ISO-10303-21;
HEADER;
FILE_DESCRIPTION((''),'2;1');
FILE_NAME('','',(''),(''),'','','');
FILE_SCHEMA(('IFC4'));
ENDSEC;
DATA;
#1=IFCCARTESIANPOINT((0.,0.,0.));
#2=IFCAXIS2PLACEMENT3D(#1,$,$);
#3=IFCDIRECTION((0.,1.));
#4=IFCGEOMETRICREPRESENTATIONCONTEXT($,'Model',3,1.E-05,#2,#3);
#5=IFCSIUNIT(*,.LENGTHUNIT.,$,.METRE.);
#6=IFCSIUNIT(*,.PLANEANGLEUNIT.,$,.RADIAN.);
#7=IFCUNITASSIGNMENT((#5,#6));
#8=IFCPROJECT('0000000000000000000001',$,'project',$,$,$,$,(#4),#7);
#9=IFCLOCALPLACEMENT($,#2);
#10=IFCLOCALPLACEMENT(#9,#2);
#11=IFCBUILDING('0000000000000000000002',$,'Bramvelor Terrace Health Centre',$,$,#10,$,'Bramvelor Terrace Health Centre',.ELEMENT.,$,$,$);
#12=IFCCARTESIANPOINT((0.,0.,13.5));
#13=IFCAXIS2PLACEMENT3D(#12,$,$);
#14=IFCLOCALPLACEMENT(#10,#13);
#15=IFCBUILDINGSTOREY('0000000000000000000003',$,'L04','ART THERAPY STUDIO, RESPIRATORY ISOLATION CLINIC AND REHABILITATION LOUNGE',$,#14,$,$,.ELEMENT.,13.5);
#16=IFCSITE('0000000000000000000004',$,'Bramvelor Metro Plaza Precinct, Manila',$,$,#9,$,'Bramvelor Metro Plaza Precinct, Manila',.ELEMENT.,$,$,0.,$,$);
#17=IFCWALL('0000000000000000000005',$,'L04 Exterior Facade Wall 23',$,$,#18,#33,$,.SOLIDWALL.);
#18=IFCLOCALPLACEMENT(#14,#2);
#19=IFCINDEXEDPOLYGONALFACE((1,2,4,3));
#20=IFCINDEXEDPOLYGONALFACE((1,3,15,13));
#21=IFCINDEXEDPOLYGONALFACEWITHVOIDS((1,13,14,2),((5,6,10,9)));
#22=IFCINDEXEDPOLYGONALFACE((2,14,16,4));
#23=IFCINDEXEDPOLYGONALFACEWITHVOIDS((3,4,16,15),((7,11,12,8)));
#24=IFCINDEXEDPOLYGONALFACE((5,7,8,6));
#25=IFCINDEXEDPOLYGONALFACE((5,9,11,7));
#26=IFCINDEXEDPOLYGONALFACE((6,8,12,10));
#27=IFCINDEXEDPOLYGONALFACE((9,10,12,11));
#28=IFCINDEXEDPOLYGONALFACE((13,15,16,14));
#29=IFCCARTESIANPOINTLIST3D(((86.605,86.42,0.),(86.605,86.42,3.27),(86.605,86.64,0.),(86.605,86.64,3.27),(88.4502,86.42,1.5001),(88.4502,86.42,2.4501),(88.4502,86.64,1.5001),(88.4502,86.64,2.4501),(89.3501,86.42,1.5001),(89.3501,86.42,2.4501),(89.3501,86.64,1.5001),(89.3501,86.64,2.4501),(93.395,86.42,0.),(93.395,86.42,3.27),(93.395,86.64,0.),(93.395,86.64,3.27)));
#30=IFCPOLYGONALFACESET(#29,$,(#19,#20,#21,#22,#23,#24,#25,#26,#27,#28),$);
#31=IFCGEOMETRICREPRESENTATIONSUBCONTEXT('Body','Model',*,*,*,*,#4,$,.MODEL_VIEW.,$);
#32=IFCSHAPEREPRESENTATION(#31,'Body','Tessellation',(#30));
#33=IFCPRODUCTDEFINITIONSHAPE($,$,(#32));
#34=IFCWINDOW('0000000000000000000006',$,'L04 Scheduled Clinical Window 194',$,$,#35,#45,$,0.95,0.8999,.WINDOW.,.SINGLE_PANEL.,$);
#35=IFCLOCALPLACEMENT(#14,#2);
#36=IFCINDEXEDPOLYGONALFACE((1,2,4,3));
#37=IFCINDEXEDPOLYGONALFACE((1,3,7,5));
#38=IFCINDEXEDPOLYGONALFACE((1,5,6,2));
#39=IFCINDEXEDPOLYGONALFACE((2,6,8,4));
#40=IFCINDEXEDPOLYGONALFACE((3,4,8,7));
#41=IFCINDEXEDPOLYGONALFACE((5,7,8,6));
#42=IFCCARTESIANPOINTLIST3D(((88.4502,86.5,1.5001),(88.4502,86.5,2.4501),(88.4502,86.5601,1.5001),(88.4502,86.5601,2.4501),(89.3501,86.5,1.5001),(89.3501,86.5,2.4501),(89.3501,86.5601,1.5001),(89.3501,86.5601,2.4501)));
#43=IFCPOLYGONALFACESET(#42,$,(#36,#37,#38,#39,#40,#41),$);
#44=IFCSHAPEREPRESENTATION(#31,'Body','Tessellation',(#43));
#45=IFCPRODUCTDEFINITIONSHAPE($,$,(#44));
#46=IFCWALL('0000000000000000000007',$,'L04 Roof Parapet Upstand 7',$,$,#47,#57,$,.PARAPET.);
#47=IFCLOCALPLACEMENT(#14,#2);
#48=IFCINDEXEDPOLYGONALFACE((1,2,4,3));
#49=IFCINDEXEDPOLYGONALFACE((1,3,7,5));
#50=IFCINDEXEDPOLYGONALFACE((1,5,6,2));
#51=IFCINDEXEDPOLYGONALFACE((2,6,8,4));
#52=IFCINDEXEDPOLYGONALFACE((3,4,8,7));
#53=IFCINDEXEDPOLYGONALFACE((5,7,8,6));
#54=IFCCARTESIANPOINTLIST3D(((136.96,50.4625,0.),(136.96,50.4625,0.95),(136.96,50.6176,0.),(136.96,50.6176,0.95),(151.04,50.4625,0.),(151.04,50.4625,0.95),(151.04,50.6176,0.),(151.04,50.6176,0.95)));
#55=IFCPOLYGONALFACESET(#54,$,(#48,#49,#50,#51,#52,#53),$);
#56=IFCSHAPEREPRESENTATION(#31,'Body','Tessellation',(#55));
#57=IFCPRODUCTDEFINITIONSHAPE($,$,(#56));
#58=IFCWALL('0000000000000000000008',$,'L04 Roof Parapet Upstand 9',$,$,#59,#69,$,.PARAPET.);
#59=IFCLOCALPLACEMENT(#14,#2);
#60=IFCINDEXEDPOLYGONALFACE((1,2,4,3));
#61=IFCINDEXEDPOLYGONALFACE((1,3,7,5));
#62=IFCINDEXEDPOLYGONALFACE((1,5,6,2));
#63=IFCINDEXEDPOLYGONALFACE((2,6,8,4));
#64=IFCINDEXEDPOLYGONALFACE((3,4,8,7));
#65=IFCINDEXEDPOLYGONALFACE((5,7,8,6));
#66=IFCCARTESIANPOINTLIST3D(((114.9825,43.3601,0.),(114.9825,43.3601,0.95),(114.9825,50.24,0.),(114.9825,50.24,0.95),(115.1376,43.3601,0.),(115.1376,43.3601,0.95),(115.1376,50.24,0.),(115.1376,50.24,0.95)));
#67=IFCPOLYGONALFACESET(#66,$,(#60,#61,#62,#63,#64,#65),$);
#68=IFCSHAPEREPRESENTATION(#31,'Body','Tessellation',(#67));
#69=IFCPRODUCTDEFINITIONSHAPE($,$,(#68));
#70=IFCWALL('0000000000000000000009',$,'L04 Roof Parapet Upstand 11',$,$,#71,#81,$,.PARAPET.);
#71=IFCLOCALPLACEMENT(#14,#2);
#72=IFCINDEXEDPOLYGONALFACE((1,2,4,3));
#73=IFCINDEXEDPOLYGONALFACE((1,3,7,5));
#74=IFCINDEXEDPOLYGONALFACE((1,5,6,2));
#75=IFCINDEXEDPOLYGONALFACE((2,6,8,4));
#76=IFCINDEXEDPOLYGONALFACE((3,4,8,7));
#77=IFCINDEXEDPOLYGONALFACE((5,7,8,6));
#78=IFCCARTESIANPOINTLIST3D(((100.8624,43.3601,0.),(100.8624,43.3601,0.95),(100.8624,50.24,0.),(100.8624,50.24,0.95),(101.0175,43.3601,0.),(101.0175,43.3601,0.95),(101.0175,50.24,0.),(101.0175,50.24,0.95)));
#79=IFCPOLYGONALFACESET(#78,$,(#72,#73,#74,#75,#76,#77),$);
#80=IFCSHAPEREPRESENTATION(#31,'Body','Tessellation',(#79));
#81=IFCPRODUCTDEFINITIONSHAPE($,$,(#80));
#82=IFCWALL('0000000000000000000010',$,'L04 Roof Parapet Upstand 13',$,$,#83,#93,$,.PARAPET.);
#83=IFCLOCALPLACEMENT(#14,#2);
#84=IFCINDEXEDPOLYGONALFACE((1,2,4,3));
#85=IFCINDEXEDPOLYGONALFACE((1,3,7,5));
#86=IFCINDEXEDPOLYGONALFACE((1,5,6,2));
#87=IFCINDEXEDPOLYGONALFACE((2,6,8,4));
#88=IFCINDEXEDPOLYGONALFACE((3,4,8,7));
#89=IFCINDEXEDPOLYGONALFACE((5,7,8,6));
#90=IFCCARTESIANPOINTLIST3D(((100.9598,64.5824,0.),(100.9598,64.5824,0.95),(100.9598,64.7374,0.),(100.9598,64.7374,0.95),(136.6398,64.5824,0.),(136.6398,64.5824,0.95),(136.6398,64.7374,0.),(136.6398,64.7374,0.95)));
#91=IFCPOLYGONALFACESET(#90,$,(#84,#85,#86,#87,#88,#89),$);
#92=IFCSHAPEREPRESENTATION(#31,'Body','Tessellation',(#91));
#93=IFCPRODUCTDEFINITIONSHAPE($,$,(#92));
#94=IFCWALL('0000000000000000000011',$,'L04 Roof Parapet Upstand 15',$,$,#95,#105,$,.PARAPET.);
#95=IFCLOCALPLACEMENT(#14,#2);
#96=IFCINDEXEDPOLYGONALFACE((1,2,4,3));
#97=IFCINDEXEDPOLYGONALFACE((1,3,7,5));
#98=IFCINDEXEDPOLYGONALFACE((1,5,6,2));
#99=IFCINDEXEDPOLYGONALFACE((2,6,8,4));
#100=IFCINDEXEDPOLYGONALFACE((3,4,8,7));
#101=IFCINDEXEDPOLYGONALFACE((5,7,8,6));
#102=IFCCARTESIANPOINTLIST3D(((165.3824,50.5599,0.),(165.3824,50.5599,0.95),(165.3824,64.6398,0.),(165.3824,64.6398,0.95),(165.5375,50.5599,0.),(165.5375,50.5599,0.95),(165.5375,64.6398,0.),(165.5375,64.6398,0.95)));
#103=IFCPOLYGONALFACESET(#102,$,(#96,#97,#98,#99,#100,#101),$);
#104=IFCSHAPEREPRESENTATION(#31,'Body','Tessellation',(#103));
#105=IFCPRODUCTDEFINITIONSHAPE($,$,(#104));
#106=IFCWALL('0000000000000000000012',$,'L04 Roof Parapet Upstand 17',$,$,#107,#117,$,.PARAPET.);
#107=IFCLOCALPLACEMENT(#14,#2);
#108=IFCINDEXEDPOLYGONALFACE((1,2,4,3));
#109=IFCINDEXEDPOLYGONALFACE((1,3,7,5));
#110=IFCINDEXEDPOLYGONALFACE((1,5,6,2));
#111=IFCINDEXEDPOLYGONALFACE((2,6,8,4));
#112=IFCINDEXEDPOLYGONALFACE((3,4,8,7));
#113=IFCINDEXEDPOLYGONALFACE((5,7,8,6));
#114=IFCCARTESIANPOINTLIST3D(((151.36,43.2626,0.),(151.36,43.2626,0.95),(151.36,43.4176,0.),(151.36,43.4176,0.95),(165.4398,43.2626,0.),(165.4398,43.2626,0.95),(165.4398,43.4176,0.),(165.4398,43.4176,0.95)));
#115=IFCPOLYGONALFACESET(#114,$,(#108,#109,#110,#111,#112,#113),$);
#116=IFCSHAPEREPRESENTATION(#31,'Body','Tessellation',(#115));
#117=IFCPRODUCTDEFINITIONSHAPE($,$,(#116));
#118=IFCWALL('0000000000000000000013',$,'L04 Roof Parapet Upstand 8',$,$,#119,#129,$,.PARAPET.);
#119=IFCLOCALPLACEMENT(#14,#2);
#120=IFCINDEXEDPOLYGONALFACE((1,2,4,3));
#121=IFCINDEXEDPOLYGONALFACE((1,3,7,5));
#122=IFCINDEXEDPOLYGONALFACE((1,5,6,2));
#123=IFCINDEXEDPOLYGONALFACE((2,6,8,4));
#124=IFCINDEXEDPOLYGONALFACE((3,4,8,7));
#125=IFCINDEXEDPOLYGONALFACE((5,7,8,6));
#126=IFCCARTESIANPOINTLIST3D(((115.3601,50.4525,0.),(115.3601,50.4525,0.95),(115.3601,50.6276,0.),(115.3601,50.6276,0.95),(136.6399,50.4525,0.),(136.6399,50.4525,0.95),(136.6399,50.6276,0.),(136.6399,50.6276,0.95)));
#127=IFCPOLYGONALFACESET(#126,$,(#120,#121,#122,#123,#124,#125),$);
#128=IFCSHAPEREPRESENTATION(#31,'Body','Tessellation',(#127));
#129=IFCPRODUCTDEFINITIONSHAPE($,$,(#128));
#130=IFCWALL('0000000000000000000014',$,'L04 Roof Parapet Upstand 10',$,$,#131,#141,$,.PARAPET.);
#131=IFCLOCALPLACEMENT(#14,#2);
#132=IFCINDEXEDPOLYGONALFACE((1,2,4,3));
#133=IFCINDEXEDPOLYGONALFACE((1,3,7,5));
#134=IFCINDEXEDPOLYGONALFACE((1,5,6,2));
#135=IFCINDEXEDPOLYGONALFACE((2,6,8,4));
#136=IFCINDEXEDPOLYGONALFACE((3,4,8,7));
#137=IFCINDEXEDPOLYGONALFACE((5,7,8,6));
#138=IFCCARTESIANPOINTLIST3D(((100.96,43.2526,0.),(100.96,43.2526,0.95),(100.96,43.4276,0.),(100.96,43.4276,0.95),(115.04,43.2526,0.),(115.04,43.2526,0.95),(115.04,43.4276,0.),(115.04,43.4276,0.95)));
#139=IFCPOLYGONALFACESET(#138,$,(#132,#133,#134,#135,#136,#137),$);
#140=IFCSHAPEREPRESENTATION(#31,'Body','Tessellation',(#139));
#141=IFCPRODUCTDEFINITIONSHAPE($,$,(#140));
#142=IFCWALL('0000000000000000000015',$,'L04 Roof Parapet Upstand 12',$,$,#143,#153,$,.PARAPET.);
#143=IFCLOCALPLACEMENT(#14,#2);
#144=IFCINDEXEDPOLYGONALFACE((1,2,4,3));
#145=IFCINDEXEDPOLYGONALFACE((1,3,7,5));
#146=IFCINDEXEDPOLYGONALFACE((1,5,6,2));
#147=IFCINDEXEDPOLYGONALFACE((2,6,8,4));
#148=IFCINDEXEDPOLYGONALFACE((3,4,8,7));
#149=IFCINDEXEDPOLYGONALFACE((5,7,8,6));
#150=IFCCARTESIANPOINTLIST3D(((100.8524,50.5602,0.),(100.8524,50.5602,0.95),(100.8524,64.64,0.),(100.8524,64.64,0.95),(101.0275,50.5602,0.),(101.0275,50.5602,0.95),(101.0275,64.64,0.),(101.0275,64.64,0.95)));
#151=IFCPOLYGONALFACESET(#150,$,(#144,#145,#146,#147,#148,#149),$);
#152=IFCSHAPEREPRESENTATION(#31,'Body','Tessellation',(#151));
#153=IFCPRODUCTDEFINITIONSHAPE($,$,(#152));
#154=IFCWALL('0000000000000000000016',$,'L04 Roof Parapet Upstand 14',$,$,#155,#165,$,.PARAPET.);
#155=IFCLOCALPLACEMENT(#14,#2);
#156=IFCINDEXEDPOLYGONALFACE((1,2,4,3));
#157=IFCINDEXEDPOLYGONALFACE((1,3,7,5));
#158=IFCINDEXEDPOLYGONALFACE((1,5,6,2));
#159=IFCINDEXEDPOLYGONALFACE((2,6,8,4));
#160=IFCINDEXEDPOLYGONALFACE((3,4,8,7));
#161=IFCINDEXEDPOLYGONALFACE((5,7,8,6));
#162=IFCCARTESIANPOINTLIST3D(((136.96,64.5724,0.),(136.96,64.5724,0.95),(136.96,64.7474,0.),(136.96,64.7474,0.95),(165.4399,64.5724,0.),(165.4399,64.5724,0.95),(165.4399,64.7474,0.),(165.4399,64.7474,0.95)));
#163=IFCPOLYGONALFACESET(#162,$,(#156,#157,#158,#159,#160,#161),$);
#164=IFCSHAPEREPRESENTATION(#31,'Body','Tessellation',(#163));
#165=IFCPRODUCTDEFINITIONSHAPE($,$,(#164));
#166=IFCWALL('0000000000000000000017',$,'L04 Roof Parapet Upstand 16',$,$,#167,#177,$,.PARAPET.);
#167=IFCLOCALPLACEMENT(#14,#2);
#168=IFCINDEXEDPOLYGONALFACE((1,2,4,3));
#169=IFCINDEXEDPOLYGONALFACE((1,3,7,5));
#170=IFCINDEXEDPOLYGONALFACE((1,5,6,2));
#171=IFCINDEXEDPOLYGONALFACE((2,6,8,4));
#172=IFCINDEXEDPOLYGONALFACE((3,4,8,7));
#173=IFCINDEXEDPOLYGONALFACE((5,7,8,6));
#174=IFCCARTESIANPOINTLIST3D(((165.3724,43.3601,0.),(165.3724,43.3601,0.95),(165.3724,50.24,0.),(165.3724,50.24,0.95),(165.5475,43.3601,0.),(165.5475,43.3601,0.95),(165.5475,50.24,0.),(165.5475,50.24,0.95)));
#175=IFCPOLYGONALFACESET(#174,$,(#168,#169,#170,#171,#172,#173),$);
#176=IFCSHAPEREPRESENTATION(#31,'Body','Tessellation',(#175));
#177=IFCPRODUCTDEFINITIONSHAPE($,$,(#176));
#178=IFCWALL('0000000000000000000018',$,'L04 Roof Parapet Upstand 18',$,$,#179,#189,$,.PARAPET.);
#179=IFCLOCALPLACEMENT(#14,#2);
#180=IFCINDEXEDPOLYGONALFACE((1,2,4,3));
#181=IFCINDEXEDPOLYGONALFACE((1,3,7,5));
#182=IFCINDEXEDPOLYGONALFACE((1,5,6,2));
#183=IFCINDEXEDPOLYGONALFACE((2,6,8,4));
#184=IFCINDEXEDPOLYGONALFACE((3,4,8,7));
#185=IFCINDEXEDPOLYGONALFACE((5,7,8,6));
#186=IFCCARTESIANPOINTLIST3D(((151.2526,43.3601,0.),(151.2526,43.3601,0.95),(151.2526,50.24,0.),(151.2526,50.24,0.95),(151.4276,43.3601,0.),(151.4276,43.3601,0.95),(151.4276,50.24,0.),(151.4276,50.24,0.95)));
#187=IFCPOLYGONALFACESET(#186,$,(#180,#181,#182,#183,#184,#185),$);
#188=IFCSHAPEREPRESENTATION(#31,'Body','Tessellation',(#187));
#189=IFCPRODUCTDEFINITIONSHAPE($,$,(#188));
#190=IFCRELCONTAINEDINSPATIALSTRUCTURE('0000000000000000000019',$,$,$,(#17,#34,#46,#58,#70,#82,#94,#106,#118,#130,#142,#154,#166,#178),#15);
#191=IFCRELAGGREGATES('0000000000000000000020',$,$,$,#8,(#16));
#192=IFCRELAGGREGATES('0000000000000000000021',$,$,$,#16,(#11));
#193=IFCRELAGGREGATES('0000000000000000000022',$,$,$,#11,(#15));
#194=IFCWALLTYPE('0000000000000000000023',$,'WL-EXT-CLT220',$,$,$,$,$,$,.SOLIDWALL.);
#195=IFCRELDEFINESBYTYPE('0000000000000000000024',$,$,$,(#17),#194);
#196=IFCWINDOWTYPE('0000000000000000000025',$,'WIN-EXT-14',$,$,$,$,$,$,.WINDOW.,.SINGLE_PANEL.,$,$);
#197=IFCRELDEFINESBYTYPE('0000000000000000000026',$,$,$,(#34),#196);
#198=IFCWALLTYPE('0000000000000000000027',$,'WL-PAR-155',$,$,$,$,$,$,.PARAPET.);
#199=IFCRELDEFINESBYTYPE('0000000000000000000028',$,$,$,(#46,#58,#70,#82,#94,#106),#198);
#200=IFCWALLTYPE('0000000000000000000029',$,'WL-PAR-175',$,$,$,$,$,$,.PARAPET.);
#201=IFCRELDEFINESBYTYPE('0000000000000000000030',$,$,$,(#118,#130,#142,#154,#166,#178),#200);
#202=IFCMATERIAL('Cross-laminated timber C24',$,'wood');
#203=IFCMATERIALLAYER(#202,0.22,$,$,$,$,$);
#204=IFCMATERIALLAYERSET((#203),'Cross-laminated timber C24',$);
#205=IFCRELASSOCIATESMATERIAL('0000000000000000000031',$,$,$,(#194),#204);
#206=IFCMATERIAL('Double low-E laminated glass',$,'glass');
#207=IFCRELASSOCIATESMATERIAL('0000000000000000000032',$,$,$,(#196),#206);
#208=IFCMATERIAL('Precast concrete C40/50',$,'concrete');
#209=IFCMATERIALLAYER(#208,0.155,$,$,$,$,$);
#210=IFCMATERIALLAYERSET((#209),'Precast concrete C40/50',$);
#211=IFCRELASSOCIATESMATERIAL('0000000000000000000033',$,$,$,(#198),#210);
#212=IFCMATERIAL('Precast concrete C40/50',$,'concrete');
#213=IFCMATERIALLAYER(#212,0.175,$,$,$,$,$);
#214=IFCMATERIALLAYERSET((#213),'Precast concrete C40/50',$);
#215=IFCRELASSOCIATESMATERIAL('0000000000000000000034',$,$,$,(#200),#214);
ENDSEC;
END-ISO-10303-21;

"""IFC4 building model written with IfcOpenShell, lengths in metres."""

from ifc_helpers import new_model, si_unit, direction, frame, frame_2d, origin, place, context, subcontext, project, spatial, rectangle, extrude, material, layer, layer_set, type_object, element, fill, save


model = new_model("IFC4")

# Units and contexts
model_context = context("Model", 3, precision=1e-05, world=origin(), true_north=direction((0.0, 1.0)))
body_context = subcontext(model_context, "Body", "Model", "MODEL_VIEW")
ifc_project = project(units=[si_unit("LENGTHUNIT", "METRE"), si_unit("PLANEANGLEUNIT", "RADIAN")], contexts=[model_context])

# Site, building, storey
site_placement = place(None, origin())
site = spatial("IfcSite", under=ifc_project, at=site_placement, Name="Bramvelor Metro Plaza Precinct, Manila", LongName="Bramvelor Metro Plaza Precinct, Manila", CompositionType="ELEMENT", RefElevation=0.0)
building_placement = place(site_placement, origin())
building = spatial("IfcBuilding", under=site, at=building_placement, Name="Bramvelor Terrace Health Centre", LongName="Bramvelor Terrace Health Centre", CompositionType="ELEMENT")
storey_placement = place(building_placement, frame((0.0, 0.0, 13.5)))
storey = spatial("IfcBuildingStorey", under=building, at=storey_placement, Name="L04", Description="ART THERAPY STUDIO, RESPIRATORY ISOLATION CLINIC AND REHABILITATION LOUNGE", CompositionType="ELEMENT", Elevation=13.5)

# Wall, opening, window
ifc_material_1 = material(Name="Cross-laminated timber C24", Category="wood")
ifc_layer_1 = layer(ifc_material_1, 0.22)
ifc_layer_set_1 = layer_set([ifc_layer_1], Name="Cross-laminated timber C24")
wall_type_1 = type_object("IfcWallType", Name="WL-EXT-CLT220", PredefinedType="SOLIDWALL", material=ifc_layer_set_1)
wall_1_placement = place(storey_placement, frame((93.395, 86.53, 0.0), z_axis=(0.0, 0.0, 1.0), x_axis=(-1.0, 0.0, 0.0)))
wall_1 = element("IfcWall", 1, at=wall_1_placement, inside=storey, type_object=wall_type_1, Name="L04 Exterior Facade Wall 23", PredefinedType="SOLIDWALL", context=body_context, shape_type="SweptSolid", body=[
    extrude(rectangle(XDim=6.79, YDim=0.22, at=frame_2d((3.395, 0.0))), origin(), (0.0, 0.0, 1.0), 3.27),
])
opening_1_placement = place(wall_1_placement, frame((4.0449, 0.0, 1.5)))
opening_1 = element("IfcOpeningElement", 2, at=opening_1_placement, cuts=wall_1, PredefinedType="OPENING", context=body_context, shape_type="SweptSolid", body=[
    extrude(rectangle(XDim=0.8999, YDim=0.95, at=frame_2d((0.45, 0.4751))), frame((0.0, 0.1199, 0.0), z_axis=(0.0, -1.0, 0.0), x_axis=(1.0, 0.0, 0.0)), (0.0, 0.0, 1.0), 0.24),
])
ifc_material_2 = material(Name="Double low-E laminated glass", Category="glass")
window_type_1 = type_object("IfcWindowType", Name="WIN-EXT-14", PartitioningType="SINGLE_PANEL", PredefinedType="WINDOW", material=ifc_material_2)
window_1_placement = place(opening_1_placement, origin())
window_1 = element("IfcWindow", 3, at=window_1_placement, inside=storey, type_object=window_type_1, Name="L04 Scheduled Clinical Window 194", OverallHeight=0.95, OverallWidth=0.8999, PartitioningType="SINGLE_PANEL", PredefinedType="WINDOW", context=body_context, shape_type="SweptSolid", body=[
    extrude(rectangle(XDim=0.8999, YDim=0.95, at=frame_2d((0.45, 0.4751))), frame((0.0, 0.03, 0.0), z_axis=(0.0, -1.0, 0.0), x_axis=(1.0, 0.0, 0.0)), (0.0, 0.0, 1.0), 0.0601),
])
fill(opening_1, window_1)

# Walls
ifc_material_3 = material(Name="Precast concrete C40/50", Category="concrete")
ifc_layer_2 = layer(ifc_material_3, 0.155)
ifc_layer_set_2 = layer_set([ifc_layer_2], Name="Precast concrete C40/50")
wall_type_2 = type_object("IfcWallType", Name="WL-PAR-155", PredefinedType="PARAPET", material=ifc_layer_set_2)
wall_2_placement = place(storey_placement, frame((151.04, 50.54, 0.0), z_axis=(0.0, 0.0, 1.0), x_axis=(-1.0, 0.0, 0.0)))
element("IfcWall", 4, at=wall_2_placement, inside=storey, type_object=wall_type_2, Name="L04 Roof Parapet Upstand 7", PredefinedType="PARAPET", context=body_context, shape_type="SweptSolid", body=[
    extrude(rectangle(XDim=14.0801, YDim=0.155, at=frame_2d((7.04, 0.0))), origin(), (0.0, 0.0, 1.0), 0.95),
])
for number, where, z_axis, x_axis, name in (
    (5, (115.0601, 50.24, 0.0), (0.0, 0.0, 1.0), (0.0, -1.0, 0.0), "L04 Roof Parapet Upstand 9"),
    (6, (100.9399, 43.3601, 0.0), (0.0, 0.0, 1.0), (0.0, 1.0, 0.0), "L04 Roof Parapet Upstand 11"),
):
    element("IfcWall", number, at=place(storey_placement, frame(where, z_axis=z_axis, x_axis=x_axis)), inside=storey, type_object=wall_type_2, Name=name, PredefinedType="PARAPET", context=body_context, shape_type="SweptSolid", body=[
        extrude(rectangle(XDim=6.8799, YDim=0.155, at=frame_2d((3.4399, 0.0))), origin(), (0.0, 0.0, 1.0), 0.95),
    ])
wall_3_placement = place(storey_placement, frame((100.96, 64.6599, 0.0), z_axis=(0.0, 0.0, 1.0), x_axis=(1.0, 0.0, 0.0)))
element("IfcWall", 7, at=wall_3_placement, inside=storey, type_object=wall_type_2, Name="L04 Roof Parapet Upstand 13", PredefinedType="PARAPET", context=body_context, shape_type="SweptSolid", body=[
    extrude(rectangle(XDim=35.6799, YDim=0.155, at=frame_2d((17.8398, 0.0))), origin(), (0.0, 0.0, 1.0), 0.95),
])
for number, where, z_axis, x_axis, name in (
    (8, (165.46, 64.6399, 0.0), (0.0, 0.0, 1.0), (0.0, -1.0, 0.0), "L04 Roof Parapet Upstand 15"),
    (9, (165.4399, 43.3401, 0.0), (0.0, 0.0, 1.0), (-1.0, 0.0, 0.0), "L04 Roof Parapet Upstand 17"),
):
    element("IfcWall", number, at=place(storey_placement, frame(where, z_axis=z_axis, x_axis=x_axis)), inside=storey, type_object=wall_type_2, Name=name, PredefinedType="PARAPET", context=body_context, shape_type="SweptSolid", body=[
        extrude(rectangle(XDim=14.0798, YDim=0.155, at=frame_2d((7.04, 0.0))), origin(), (0.0, 0.0, 1.0), 0.95),
    ])
ifc_material_4 = material(Name="Precast concrete C40/50", Category="concrete")
ifc_layer_3 = layer(ifc_material_4, 0.175)
ifc_layer_set_3 = layer_set([ifc_layer_3], Name="Precast concrete C40/50")
wall_type_3 = type_object("IfcWallType", Name="WL-PAR-175", PredefinedType="PARAPET", material=ifc_layer_set_3)
wall_4_placement = place(storey_placement, frame((136.6399, 50.54, 0.0), z_axis=(0.0, 0.0, 1.0), x_axis=(-1.0, 0.0, 0.0)))
element("IfcWall", 10, at=wall_4_placement, inside=storey, type_object=wall_type_3, Name="L04 Roof Parapet Upstand 8", PredefinedType="PARAPET", context=body_context, shape_type="SweptSolid", body=[
    extrude(rectangle(XDim=21.2798, YDim=0.175, at=frame_2d((10.6399, 0.0))), origin(), (0.0, 0.0, 1.0), 0.95),
])
wall_5_placement = place(storey_placement, frame((115.04, 43.3401, 0.0), z_axis=(0.0, 0.0, 1.0), x_axis=(-1.0, 0.0, 0.0)))
element("IfcWall", 11, at=wall_5_placement, inside=storey, type_object=wall_type_3, Name="L04 Roof Parapet Upstand 10", PredefinedType="PARAPET", context=body_context, shape_type="SweptSolid", body=[
    extrude(rectangle(XDim=14.0801, YDim=0.175, at=frame_2d((7.04, 0.0))), origin(), (0.0, 0.0, 1.0), 0.95),
])
wall_6_placement = place(storey_placement, frame((100.9399, 50.5601, 0.0), z_axis=(0.0, 0.0, 1.0), x_axis=(0.0, 1.0, 0.0)))
element("IfcWall", 12, at=wall_6_placement, inside=storey, type_object=wall_type_3, Name="L04 Roof Parapet Upstand 12", PredefinedType="PARAPET", context=body_context, shape_type="SweptSolid", body=[
    extrude(rectangle(XDim=14.0798, YDim=0.175, at=frame_2d((7.04, 0.0))), origin(), (0.0, 0.0, 1.0), 0.95),
])
wall_7_placement = place(storey_placement, frame((136.96, 64.6599, 0.0), z_axis=(0.0, 0.0, 1.0), x_axis=(1.0, 0.0, 0.0)))
element("IfcWall", 13, at=wall_7_placement, inside=storey, type_object=wall_type_3, Name="L04 Roof Parapet Upstand 14", PredefinedType="PARAPET", context=body_context, shape_type="SweptSolid", body=[
    extrude(rectangle(XDim=28.48, YDim=0.175, at=frame_2d((14.24, 0.0))), origin(), (0.0, 0.0, 1.0), 0.95),
])
for number, where, z_axis, x_axis, name in (
    (14, (165.46, 50.24, 0.0), (0.0, 0.0, 1.0), (0.0, -1.0, 0.0), "L04 Roof Parapet Upstand 16"),
    (15, (151.3401, 43.3601, 0.0), (0.0, 0.0, 1.0), (0.0, 1.0, 0.0), "L04 Roof Parapet Upstand 18"),
):
    element("IfcWall", number, at=place(storey_placement, frame(where, z_axis=z_axis, x_axis=x_axis)), inside=storey, type_object=wall_type_3, Name=name, PredefinedType="PARAPET", context=body_context, shape_type="SweptSolid", body=[
        extrude(rectangle(XDim=6.8799, YDim=0.175, at=frame_2d((3.4399, 0.0))), origin(), (0.0, 0.0, 1.0), 0.95),
    ])

save(model, "model.ifc")
